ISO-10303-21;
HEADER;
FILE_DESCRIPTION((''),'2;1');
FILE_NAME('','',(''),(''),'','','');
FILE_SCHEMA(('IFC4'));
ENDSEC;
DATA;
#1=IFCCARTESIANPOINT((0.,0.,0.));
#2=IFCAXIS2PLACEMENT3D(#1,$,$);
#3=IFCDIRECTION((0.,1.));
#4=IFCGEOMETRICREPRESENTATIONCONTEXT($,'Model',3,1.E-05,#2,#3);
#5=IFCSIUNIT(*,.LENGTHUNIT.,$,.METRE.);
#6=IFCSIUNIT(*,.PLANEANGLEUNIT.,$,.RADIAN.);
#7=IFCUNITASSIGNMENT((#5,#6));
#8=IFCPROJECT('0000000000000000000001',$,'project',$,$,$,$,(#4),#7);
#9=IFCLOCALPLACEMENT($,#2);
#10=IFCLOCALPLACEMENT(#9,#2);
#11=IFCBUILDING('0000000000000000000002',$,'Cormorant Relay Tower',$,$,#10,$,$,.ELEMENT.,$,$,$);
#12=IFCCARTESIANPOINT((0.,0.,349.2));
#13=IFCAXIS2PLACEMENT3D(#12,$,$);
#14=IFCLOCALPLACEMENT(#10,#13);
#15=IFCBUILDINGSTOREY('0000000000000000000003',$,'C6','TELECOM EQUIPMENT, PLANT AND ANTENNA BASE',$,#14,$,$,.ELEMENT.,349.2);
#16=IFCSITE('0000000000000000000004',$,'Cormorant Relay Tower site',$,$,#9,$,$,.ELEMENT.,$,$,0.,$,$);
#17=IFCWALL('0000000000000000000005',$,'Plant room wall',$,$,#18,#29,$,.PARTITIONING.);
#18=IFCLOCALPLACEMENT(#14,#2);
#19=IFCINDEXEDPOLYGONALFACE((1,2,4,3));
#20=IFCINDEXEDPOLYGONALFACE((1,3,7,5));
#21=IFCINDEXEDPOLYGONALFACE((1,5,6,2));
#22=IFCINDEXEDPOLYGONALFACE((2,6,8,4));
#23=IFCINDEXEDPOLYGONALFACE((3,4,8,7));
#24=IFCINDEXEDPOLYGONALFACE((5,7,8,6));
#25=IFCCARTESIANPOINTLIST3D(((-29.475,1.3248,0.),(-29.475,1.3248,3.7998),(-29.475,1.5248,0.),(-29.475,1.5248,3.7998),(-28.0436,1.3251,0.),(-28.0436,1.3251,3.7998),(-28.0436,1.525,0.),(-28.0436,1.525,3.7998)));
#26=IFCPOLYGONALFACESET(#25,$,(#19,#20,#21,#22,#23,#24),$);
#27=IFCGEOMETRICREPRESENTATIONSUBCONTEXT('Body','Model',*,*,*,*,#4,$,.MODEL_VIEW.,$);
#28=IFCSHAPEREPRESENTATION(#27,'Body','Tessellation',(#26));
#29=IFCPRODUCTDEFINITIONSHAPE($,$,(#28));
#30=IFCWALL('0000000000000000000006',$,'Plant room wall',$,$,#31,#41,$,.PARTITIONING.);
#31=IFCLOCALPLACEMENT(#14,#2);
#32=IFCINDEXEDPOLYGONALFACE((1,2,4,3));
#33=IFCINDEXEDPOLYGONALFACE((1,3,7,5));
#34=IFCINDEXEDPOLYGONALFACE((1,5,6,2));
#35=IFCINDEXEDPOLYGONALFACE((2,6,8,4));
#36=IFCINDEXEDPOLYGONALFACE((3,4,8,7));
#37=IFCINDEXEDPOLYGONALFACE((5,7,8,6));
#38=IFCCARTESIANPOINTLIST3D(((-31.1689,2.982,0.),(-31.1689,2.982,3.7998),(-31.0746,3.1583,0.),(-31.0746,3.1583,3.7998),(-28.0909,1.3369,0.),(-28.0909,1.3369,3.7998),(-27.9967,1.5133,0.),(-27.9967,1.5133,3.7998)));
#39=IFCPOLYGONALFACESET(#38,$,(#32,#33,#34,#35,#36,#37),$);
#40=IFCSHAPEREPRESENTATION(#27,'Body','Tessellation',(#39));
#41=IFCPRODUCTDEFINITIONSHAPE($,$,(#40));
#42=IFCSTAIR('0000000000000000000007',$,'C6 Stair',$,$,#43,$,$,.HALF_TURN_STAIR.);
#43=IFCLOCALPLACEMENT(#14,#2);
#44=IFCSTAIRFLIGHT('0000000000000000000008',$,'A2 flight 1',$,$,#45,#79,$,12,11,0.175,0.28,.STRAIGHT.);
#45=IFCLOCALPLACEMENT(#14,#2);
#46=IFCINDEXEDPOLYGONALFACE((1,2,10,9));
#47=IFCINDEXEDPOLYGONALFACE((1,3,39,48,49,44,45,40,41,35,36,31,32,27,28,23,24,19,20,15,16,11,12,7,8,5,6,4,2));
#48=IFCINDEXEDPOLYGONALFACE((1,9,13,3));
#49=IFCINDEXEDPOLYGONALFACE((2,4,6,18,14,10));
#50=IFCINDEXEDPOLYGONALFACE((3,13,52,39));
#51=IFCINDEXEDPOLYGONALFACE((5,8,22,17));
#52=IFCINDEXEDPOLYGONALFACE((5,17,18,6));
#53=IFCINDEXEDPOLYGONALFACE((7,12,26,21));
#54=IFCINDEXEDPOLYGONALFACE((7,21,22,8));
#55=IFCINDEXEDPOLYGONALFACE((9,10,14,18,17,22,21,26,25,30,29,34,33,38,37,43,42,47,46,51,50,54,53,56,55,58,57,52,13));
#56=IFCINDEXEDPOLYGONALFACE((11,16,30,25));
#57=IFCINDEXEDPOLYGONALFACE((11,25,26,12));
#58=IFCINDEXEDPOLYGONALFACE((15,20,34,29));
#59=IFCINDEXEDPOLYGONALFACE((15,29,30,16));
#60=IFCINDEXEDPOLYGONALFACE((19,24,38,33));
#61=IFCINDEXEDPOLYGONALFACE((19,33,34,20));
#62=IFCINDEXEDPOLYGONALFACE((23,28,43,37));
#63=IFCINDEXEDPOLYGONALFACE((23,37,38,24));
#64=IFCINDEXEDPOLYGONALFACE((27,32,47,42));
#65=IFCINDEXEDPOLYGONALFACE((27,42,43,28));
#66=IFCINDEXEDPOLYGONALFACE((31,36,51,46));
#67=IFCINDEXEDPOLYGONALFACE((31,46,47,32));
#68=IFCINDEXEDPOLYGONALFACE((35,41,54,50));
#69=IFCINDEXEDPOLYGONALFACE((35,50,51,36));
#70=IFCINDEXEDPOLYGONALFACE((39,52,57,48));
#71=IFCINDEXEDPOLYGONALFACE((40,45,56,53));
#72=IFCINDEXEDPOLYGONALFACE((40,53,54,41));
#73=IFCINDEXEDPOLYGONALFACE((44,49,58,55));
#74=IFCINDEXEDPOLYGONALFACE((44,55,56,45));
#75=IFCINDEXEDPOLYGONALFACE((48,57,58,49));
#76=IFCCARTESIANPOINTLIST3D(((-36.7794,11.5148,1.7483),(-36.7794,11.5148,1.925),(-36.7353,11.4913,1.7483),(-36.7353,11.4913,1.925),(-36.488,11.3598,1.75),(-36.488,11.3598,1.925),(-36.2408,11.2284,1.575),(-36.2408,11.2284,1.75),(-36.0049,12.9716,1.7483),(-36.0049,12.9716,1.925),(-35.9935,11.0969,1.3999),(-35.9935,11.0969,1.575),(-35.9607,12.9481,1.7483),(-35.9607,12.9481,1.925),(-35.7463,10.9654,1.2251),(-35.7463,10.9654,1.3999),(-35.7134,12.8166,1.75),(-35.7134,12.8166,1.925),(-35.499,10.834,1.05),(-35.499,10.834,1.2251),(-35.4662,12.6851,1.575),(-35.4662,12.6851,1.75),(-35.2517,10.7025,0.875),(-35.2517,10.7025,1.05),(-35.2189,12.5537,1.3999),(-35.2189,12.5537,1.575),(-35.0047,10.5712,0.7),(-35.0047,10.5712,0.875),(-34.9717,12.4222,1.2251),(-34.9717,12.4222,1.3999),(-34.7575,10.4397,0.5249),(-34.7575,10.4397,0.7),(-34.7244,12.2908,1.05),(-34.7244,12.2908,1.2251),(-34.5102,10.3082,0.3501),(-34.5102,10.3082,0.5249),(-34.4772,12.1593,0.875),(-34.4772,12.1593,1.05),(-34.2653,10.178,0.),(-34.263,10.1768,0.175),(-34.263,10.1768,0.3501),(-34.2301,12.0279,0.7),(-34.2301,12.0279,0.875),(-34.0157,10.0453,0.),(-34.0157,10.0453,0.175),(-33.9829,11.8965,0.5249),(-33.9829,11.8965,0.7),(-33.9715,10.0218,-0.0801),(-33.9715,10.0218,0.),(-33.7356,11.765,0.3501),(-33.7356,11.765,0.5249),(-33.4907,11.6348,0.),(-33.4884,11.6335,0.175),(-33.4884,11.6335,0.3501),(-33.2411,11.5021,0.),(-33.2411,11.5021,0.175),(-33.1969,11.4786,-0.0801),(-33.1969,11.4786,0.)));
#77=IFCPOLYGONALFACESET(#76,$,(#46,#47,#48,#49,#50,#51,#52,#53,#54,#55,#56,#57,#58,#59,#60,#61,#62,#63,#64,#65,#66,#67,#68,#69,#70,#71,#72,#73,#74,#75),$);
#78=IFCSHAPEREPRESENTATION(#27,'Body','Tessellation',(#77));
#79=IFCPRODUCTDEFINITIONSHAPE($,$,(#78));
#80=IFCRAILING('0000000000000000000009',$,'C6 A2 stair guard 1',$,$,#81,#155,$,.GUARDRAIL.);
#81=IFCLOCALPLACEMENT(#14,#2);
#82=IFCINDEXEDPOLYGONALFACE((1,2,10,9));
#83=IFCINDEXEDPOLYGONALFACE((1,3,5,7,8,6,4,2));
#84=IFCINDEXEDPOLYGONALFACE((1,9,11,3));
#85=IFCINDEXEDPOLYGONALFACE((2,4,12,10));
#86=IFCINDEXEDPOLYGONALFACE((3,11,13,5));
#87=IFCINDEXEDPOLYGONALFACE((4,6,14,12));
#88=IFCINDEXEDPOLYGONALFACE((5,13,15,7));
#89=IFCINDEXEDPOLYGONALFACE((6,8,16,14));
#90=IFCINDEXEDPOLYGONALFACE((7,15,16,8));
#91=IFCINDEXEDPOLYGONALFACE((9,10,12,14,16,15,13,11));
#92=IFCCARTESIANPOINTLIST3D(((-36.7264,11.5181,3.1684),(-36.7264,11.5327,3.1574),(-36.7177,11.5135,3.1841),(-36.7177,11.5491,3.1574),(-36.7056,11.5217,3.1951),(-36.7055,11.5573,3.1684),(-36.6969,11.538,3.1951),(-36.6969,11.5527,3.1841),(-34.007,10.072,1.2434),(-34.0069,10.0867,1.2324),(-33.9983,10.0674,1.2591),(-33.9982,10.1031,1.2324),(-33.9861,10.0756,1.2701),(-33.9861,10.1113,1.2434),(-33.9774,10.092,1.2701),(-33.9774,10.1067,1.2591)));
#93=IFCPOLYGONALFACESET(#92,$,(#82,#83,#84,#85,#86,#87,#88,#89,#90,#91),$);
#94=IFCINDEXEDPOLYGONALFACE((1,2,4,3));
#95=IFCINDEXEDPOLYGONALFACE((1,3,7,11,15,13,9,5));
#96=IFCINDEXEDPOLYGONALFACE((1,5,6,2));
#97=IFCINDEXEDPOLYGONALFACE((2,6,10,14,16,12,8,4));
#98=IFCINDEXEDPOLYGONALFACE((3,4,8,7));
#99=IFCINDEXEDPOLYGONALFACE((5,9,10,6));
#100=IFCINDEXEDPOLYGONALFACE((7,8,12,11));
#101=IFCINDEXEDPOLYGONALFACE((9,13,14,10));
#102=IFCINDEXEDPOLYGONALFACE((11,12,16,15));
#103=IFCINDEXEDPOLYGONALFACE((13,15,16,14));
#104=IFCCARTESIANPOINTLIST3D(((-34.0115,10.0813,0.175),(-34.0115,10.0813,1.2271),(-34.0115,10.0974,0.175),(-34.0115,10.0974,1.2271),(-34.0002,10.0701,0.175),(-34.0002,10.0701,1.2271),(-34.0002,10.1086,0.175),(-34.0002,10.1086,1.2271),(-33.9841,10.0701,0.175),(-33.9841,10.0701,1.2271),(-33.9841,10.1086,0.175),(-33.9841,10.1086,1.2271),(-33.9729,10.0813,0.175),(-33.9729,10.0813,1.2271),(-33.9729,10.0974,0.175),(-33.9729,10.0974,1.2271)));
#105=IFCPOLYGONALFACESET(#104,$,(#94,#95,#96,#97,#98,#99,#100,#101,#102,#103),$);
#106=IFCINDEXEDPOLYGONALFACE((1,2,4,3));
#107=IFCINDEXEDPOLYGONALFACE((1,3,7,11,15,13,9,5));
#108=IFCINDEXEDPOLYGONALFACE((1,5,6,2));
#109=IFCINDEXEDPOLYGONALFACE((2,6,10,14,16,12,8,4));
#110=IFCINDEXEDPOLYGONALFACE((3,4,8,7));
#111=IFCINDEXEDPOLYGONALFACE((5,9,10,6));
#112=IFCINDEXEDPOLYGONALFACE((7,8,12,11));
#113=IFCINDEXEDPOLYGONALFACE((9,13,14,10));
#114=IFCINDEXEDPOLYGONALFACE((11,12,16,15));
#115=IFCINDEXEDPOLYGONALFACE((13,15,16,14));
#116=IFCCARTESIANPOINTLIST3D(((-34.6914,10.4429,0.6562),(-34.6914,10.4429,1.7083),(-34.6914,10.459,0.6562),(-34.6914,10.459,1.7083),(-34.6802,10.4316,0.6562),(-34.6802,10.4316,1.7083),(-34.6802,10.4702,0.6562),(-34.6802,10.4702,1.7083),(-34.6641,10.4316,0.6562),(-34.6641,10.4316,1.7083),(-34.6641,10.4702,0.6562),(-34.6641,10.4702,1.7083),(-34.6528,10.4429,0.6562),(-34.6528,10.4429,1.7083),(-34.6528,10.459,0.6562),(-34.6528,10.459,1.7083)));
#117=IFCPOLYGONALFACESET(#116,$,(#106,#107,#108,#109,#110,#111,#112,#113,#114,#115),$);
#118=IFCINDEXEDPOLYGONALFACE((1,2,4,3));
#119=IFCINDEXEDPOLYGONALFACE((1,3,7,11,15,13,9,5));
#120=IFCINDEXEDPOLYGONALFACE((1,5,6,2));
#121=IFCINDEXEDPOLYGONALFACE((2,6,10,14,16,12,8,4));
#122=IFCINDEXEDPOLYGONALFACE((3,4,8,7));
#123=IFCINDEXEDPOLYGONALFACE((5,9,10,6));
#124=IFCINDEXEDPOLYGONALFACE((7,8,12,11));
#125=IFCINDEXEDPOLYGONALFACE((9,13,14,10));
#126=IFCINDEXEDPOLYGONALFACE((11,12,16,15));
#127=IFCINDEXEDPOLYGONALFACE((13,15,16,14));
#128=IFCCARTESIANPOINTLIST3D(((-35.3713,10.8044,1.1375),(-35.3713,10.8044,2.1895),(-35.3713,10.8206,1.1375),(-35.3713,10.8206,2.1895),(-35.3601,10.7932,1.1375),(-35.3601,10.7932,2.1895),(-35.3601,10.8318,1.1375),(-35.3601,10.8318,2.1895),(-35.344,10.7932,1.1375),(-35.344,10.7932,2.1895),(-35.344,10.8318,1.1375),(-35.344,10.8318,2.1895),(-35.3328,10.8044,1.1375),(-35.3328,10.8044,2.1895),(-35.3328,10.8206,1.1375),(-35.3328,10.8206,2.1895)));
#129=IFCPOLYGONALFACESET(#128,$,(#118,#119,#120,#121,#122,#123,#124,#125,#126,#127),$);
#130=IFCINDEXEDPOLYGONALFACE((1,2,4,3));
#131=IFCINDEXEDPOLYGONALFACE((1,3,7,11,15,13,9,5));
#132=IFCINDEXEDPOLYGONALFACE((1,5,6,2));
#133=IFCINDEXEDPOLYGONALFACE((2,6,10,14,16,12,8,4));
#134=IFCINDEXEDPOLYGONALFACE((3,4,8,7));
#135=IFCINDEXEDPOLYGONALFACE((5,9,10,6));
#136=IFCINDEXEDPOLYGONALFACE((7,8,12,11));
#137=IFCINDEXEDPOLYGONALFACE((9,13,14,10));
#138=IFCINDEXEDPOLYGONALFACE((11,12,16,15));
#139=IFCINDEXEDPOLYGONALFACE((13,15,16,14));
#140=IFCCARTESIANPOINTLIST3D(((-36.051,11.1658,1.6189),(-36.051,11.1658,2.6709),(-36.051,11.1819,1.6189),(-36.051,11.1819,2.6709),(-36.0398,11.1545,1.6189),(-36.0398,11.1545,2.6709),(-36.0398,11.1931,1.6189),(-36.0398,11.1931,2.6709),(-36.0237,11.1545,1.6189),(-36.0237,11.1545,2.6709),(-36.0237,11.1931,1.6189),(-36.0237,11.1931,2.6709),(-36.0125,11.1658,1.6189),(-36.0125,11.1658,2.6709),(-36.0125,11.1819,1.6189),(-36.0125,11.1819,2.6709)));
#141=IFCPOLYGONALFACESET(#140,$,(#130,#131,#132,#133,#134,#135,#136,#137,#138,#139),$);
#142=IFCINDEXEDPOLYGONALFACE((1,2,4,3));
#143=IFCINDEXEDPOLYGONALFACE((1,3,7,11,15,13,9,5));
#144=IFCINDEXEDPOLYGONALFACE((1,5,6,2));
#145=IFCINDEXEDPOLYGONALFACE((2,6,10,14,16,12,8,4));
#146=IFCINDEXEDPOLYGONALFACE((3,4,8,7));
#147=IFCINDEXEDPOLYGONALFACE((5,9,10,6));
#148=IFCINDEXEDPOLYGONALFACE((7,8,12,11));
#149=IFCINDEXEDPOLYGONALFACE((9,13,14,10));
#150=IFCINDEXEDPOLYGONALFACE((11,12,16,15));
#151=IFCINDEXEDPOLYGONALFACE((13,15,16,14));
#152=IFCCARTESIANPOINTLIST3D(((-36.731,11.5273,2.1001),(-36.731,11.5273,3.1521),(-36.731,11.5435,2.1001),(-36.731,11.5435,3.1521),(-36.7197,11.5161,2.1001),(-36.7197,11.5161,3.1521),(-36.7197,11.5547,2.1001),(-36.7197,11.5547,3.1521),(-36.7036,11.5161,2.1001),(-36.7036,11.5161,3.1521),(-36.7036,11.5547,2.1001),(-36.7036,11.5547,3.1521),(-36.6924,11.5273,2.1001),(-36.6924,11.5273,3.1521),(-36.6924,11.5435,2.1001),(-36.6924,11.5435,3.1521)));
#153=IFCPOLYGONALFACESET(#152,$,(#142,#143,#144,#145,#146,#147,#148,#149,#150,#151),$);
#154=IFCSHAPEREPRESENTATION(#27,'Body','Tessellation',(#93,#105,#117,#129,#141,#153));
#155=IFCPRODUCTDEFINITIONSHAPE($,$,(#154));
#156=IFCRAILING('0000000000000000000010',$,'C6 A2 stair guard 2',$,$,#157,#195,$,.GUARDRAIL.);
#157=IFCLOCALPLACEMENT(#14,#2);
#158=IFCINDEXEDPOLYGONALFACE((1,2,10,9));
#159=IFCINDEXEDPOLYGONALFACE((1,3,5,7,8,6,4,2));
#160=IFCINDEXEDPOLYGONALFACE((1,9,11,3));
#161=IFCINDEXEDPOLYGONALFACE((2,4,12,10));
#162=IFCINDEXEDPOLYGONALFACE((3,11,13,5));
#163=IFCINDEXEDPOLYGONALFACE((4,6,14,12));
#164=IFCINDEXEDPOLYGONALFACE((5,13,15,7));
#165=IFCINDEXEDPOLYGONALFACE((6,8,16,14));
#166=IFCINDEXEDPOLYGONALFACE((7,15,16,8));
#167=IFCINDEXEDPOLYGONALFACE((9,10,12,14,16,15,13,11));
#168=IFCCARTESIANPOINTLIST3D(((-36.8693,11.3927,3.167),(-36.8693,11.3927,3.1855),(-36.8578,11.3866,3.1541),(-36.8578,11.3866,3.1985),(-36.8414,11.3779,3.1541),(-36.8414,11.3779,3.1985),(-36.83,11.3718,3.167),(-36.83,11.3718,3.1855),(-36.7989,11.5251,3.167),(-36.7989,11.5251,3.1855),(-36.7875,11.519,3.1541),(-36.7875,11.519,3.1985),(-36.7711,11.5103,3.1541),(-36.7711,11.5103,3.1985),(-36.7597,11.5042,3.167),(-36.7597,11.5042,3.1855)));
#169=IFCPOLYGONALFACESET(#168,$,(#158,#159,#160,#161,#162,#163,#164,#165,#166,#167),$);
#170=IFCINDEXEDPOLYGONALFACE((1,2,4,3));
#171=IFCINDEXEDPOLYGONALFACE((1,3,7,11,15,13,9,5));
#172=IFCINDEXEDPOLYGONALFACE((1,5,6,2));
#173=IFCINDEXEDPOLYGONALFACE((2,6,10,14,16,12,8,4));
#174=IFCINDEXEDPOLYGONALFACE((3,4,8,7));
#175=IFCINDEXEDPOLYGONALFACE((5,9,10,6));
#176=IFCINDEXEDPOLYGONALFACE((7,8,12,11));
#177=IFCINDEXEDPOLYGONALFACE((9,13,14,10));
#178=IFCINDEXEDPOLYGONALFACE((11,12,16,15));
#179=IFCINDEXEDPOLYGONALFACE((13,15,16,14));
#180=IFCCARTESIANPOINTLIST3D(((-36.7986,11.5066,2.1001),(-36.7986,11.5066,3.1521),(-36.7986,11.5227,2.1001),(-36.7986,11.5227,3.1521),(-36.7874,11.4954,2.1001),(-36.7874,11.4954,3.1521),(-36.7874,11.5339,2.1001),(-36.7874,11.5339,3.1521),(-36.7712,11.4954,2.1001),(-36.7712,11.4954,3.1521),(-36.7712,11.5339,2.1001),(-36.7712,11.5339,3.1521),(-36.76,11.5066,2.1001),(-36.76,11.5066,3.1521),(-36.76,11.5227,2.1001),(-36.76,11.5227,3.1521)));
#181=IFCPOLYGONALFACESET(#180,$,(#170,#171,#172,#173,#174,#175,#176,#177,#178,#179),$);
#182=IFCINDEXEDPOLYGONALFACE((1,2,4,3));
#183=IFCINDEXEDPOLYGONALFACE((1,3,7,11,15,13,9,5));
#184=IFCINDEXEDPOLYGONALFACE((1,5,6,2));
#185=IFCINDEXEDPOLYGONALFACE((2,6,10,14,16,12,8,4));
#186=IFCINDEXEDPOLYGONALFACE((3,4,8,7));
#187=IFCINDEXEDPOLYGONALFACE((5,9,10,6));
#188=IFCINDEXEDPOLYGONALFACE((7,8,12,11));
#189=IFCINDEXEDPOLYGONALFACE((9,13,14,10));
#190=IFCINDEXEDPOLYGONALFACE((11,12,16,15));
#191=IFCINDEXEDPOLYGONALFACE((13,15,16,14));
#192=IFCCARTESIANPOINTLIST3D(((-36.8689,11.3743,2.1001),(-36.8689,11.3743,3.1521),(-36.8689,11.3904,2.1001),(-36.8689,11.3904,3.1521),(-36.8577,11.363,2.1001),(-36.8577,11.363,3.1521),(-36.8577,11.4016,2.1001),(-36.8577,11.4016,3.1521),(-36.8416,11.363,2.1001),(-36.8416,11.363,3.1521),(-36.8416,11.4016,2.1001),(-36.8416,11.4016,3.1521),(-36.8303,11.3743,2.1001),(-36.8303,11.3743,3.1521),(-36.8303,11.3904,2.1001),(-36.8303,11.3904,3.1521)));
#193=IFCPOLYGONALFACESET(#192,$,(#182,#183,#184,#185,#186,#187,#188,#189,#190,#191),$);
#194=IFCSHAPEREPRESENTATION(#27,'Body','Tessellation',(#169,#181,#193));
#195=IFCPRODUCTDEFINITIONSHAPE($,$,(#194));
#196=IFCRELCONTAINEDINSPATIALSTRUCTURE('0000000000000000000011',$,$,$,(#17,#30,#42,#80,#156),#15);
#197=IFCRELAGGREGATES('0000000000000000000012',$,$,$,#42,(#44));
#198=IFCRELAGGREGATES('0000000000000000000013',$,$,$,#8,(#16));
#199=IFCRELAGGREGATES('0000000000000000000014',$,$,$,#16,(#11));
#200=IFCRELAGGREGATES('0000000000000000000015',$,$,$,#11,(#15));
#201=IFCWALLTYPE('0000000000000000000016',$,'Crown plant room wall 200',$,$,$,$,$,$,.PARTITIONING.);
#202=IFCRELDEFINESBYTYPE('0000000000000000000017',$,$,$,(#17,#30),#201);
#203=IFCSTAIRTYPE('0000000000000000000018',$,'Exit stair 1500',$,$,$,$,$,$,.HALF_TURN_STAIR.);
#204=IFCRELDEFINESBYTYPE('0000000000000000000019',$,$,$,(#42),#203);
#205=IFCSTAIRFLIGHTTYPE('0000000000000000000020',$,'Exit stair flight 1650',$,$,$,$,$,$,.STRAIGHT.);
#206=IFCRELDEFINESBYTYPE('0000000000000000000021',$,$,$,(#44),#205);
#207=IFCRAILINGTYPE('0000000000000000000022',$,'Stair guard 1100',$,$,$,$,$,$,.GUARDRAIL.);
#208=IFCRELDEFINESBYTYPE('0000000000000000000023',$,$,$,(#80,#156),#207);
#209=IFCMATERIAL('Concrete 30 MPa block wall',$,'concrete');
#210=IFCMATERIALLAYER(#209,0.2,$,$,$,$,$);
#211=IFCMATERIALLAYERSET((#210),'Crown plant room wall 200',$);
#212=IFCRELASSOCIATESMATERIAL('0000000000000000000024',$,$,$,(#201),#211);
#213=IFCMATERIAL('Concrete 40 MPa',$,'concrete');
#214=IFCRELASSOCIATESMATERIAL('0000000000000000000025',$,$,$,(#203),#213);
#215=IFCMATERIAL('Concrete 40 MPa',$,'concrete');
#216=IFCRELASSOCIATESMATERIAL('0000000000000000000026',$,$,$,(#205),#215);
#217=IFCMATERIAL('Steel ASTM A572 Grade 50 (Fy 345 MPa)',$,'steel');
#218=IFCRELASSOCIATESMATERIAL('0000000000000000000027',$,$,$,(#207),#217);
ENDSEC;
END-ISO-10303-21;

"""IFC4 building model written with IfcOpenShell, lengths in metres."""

from ifc_helpers import new_model, si_unit, direction, frame, frame_2d, origin, place, context, subcontext, project, spatial, polyline, rectangle, outline, extrude, material, layer, layer_set, type_object, element, aggregate, save


model = new_model("IFC4")

# Units and contexts
model_context = context("Model", 3, precision=1e-05, world=origin(), true_north=direction((0.0, 1.0)))
body_context = subcontext(model_context, "Body", "Model", "MODEL_VIEW")
ifc_project = project(units=[si_unit("LENGTHUNIT", "METRE"), si_unit("PLANEANGLEUNIT", "RADIAN")], contexts=[model_context])

# Site, building, storey
site_placement = place(None, origin())
site = spatial("IfcSite", under=ifc_project, at=site_placement, Name="Cormorant Relay Tower site", CompositionType="ELEMENT", RefElevation=0.0)
building_placement = place(site_placement, origin())
building = spatial("IfcBuilding", under=site, at=building_placement, Name="Cormorant Relay Tower", CompositionType="ELEMENT")
storey_placement = place(building_placement, frame((0.0, 0.0, 349.2)))
storey = spatial("IfcBuildingStorey", under=building, at=storey_placement, Name="C6", Description="TELECOM EQUIPMENT, PLANT AND ANTENNA BASE", CompositionType="ELEMENT", Elevation=349.2)

# Shared definitions
ifc_material_1 = material(Name="Concrete 30 MPa block wall", Category="concrete")
ifc_layer_1 = layer(ifc_material_1, 0.2)
ifc_layer_set_1 = layer_set([ifc_layer_1], Name="Crown plant room wall 200")
wall_type_1 = type_object("IfcWallType", Name="Crown plant room wall 200", PredefinedType="PARTITIONING", material=ifc_layer_set_1)

# Walls
wall_1_placement = place(storey_placement, frame((-29.4751, 1.4248, 0.0), z_axis=(0.0, 0.0, 1.0), x_axis=(1.0, 0.000171, 0.0)))
element("IfcWall", 1, at=wall_1_placement, inside=storey, type_object=wall_type_1, Name="Plant room wall", PredefinedType="PARTITIONING", context=body_context, shape_type="SweptSolid", body=[
    extrude(rectangle(XDim=1.4314, YDim=0.2, at=frame_2d((0.7158, 0.0))), origin(), (0.0, 0.0, 1.0), 3.7998),
])
wall_2_placement = place(storey_placement, frame((-28.0437, 1.425, 0.0), z_axis=(0.0, 0.0, 1.0), x_axis=(-0.881938, 0.471365, 0.0)))
element("IfcWall", 2, at=wall_2_placement, inside=storey, type_object=wall_type_1, Name="Plant room wall", PredefinedType="PARTITIONING", context=body_context, shape_type="SweptSolid", body=[
    extrude(rectangle(XDim=3.49, YDim=0.2, at=frame_2d((1.7451, 0.0))), origin(), (0.0, 0.0, 1.0), 3.7998),
])

# Stair, stair flight
ifc_material_2 = material(Name="Concrete 40 MPa", Category="concrete")
stair_type = type_object("IfcStairType", Name="Exit stair 1500", PredefinedType="HALF_TURN_STAIR", material=ifc_material_2)
stair_placement = place(storey_placement, origin())
stair = element("IfcStair", 3, at=stair_placement, inside=storey, type_object=stair_type, Name="C6 Stair", PredefinedType="HALF_TURN_STAIR")
ifc_material_3 = material(Name="Concrete 40 MPa", Category="concrete")
stair_flight_type = type_object("IfcStairFlightType", Name="Exit stair flight 1650", PredefinedType="STRAIGHT", material=ifc_material_3)
stair_flight_placement = place(storey_placement, frame((-33.6284, 10.7737, 0.0), z_axis=(0.0, 0.0, 1.0), x_axis=(-0.882948, 0.469472, 0.0)))
stair_flight = element("IfcStairFlight", 4, at=stair_flight_placement, type_object=stair_flight_type, Name="A2 flight 1", NumberOfRisers=12, NumberOfTreads=11, PredefinedType="STRAIGHT", RiserHeight=0.175, TreadLength=0.28, context=body_context, shape_type="SweptSolid", body=[
    extrude(outline(polyline([(-0.05, -0.0801), (-0.05, 0.0), (0.0, 0.0), (0.0, 0.175), (0.28, 0.175), (0.28, 0.3501), (0.5601, 0.3501), (0.5601, 0.5249), (0.8401, 0.5249), (0.8401, 0.7), (1.1201, 0.7), (1.1201, 0.875), (1.3999, 0.875), (1.3999, 1.05), (1.6799, 1.05), (1.6799, 1.2251), (1.96, 1.2251), (1.96, 1.3999), (2.24, 1.3999), (2.24, 1.575), (2.52, 1.575), (2.52, 1.75), (2.8, 1.75), (2.8, 1.925), (3.0801, 1.925), (3.1301, 1.925), (3.1301, 1.7483), (3.0801, 1.7483), (0.2827, 0.0), (-0.05, -0.0801)])), frame((0.0, 0.825, 0.0), z_axis=(0.0, -1.0, 0.0), x_axis=(1.0, 0.0, 0.0)), (0.0, 0.0, 1.0), 1.6499),
])
aggregate(stair, [stair_flight])

# Railings
ifc_material_4 = material(Name="Steel ASTM A572 Grade 50 (Fy 345 MPa)", Category="steel")
railing_type_1 = type_object("IfcRailingType", Name="Stair guard 1100", PredefinedType="GUARDRAIL", material=ifc_material_4)
railing_1_placement = place(storey_placement, frame((-33.9922, 10.0894, 0.175)))
element("IfcRailing", 5, at=railing_1_placement, inside=storey, type_object=railing_type_1, Name="C6 A2 stair guard 1", PredefinedType="GUARDRAIL", context=body_context, shape_type="SweptSolid", body=[
    extrude(outline(polyline([(0.0222, 0.0093), (0.0093, 0.0222), (-0.0093, 0.0222), (-0.0222, 0.0093), (-0.0222, -0.0093), (-0.0093, -0.0222), (0.0093, -0.0222), (0.0222, -0.0093), (0.0222, 0.0093)])), frame((0.0, 0.0, 1.0762), z_axis=(-0.748727, 0.398125, 0.530004), x_axis=(-0.469489, -0.882938, 0.0)), (0.0, 0.0, 1.0), 3.6321),
    extrude(outline(polyline([(0.0193, 0.0081), (0.0081, 0.0193), (-0.0081, 0.0193), (-0.0193, 0.0081), (-0.0193, -0.0081), (-0.0081, -0.0193), (0.0081, -0.0193), (0.0193, -0.0081), (0.0193, 0.0081)])), origin(), (0.0, 0.0, 1.0), 1.052),
    extrude(outline(polyline([(0.0193, 0.0081), (0.0081, 0.0193), (-0.0081, 0.0193), (-0.0193, 0.0081), (-0.0193, -0.0081), (-0.0081, -0.0193), (0.0081, -0.0193), (0.0193, -0.0081), (0.0193, 0.0081)])), frame((-0.6799, 0.3616, 0.4812)), (0.0, 0.0, 1.0), 1.052),
    extrude(outline(polyline([(0.0193, 0.0081), (0.0081, 0.0193), (-0.0081, 0.0193), (-0.0193, 0.0081), (-0.0193, -0.0081), (-0.0081, -0.0193), (0.0081, -0.0193), (0.0193, -0.0081), (0.0193, 0.0081)])), frame((-1.3599, 0.7231, 0.9624)), (0.0, 0.0, 1.0), 1.052),
    extrude(outline(polyline([(0.0193, 0.0081), (0.0081, 0.0193), (-0.0081, 0.0193), (-0.0193, 0.0081), (-0.0193, -0.0081), (-0.0081, -0.0193), (0.0081, -0.0193), (0.0193, -0.0081), (0.0193, 0.0081)])), frame((-2.0396, 1.0845, 1.4438)), (0.0, 0.0, 1.0), 1.052),
    extrude(outline(polyline([(0.0193, 0.0081), (0.0081, 0.0193), (-0.0081, 0.0193), (-0.0193, 0.0081), (-0.0193, -0.0081), (-0.0081, -0.0193), (0.0081, -0.0193), (0.0193, -0.0081), (0.0193, 0.0081)])), frame((-2.7195, 1.446, 1.925)), (0.0, 0.0, 1.0), 1.052),
])
railing_2_placement = place(storey_placement, frame((-36.7793, 11.5146, 2.1001)))
element("IfcRailing", 6, at=railing_2_placement, inside=storey, type_object=railing_type_1, Name="C6 A2 stair guard 2", PredefinedType="GUARDRAIL", context=body_context, shape_type="SweptSolid", body=[
    extrude(outline(polyline([(0.0222, 0.0093), (0.0093, 0.0222), (-0.0093, 0.0222), (-0.0222, 0.0093), (-0.0222, -0.0093), (-0.0093, -0.0222), (0.0093, -0.0222), (0.0222, -0.0093), (0.0222, 0.0093)])), frame((0.0, 0.0, 1.0762), z_axis=(-0.469235, -0.883074, 0.0), x_axis=(0.883074, -0.469235, 0.0)), (0.0, 0.0, 1.0), 0.1499),
    extrude(outline(polyline([(0.0193, 0.0081), (0.0081, 0.0193), (-0.0081, 0.0193), (-0.0193, 0.0081), (-0.0193, -0.0081), (-0.0081, -0.0193), (0.0081, -0.0193), (0.0193, -0.0081), (0.0193, 0.0081)])), origin(), (0.0, 0.0, 1.0), 1.052),
    extrude(outline(polyline([(0.0193, 0.0081), (0.0081, 0.0193), (-0.0081, 0.0193), (-0.0193, 0.0081), (-0.0193, -0.0081), (-0.0081, -0.0193), (0.0081, -0.0193), (0.0193, -0.0081), (0.0193, 0.0081)])), frame((-0.0703, -0.1323, 0.0)), (0.0, 0.0, 1.0), 1.052),
])

save(model, "model.ifc")
